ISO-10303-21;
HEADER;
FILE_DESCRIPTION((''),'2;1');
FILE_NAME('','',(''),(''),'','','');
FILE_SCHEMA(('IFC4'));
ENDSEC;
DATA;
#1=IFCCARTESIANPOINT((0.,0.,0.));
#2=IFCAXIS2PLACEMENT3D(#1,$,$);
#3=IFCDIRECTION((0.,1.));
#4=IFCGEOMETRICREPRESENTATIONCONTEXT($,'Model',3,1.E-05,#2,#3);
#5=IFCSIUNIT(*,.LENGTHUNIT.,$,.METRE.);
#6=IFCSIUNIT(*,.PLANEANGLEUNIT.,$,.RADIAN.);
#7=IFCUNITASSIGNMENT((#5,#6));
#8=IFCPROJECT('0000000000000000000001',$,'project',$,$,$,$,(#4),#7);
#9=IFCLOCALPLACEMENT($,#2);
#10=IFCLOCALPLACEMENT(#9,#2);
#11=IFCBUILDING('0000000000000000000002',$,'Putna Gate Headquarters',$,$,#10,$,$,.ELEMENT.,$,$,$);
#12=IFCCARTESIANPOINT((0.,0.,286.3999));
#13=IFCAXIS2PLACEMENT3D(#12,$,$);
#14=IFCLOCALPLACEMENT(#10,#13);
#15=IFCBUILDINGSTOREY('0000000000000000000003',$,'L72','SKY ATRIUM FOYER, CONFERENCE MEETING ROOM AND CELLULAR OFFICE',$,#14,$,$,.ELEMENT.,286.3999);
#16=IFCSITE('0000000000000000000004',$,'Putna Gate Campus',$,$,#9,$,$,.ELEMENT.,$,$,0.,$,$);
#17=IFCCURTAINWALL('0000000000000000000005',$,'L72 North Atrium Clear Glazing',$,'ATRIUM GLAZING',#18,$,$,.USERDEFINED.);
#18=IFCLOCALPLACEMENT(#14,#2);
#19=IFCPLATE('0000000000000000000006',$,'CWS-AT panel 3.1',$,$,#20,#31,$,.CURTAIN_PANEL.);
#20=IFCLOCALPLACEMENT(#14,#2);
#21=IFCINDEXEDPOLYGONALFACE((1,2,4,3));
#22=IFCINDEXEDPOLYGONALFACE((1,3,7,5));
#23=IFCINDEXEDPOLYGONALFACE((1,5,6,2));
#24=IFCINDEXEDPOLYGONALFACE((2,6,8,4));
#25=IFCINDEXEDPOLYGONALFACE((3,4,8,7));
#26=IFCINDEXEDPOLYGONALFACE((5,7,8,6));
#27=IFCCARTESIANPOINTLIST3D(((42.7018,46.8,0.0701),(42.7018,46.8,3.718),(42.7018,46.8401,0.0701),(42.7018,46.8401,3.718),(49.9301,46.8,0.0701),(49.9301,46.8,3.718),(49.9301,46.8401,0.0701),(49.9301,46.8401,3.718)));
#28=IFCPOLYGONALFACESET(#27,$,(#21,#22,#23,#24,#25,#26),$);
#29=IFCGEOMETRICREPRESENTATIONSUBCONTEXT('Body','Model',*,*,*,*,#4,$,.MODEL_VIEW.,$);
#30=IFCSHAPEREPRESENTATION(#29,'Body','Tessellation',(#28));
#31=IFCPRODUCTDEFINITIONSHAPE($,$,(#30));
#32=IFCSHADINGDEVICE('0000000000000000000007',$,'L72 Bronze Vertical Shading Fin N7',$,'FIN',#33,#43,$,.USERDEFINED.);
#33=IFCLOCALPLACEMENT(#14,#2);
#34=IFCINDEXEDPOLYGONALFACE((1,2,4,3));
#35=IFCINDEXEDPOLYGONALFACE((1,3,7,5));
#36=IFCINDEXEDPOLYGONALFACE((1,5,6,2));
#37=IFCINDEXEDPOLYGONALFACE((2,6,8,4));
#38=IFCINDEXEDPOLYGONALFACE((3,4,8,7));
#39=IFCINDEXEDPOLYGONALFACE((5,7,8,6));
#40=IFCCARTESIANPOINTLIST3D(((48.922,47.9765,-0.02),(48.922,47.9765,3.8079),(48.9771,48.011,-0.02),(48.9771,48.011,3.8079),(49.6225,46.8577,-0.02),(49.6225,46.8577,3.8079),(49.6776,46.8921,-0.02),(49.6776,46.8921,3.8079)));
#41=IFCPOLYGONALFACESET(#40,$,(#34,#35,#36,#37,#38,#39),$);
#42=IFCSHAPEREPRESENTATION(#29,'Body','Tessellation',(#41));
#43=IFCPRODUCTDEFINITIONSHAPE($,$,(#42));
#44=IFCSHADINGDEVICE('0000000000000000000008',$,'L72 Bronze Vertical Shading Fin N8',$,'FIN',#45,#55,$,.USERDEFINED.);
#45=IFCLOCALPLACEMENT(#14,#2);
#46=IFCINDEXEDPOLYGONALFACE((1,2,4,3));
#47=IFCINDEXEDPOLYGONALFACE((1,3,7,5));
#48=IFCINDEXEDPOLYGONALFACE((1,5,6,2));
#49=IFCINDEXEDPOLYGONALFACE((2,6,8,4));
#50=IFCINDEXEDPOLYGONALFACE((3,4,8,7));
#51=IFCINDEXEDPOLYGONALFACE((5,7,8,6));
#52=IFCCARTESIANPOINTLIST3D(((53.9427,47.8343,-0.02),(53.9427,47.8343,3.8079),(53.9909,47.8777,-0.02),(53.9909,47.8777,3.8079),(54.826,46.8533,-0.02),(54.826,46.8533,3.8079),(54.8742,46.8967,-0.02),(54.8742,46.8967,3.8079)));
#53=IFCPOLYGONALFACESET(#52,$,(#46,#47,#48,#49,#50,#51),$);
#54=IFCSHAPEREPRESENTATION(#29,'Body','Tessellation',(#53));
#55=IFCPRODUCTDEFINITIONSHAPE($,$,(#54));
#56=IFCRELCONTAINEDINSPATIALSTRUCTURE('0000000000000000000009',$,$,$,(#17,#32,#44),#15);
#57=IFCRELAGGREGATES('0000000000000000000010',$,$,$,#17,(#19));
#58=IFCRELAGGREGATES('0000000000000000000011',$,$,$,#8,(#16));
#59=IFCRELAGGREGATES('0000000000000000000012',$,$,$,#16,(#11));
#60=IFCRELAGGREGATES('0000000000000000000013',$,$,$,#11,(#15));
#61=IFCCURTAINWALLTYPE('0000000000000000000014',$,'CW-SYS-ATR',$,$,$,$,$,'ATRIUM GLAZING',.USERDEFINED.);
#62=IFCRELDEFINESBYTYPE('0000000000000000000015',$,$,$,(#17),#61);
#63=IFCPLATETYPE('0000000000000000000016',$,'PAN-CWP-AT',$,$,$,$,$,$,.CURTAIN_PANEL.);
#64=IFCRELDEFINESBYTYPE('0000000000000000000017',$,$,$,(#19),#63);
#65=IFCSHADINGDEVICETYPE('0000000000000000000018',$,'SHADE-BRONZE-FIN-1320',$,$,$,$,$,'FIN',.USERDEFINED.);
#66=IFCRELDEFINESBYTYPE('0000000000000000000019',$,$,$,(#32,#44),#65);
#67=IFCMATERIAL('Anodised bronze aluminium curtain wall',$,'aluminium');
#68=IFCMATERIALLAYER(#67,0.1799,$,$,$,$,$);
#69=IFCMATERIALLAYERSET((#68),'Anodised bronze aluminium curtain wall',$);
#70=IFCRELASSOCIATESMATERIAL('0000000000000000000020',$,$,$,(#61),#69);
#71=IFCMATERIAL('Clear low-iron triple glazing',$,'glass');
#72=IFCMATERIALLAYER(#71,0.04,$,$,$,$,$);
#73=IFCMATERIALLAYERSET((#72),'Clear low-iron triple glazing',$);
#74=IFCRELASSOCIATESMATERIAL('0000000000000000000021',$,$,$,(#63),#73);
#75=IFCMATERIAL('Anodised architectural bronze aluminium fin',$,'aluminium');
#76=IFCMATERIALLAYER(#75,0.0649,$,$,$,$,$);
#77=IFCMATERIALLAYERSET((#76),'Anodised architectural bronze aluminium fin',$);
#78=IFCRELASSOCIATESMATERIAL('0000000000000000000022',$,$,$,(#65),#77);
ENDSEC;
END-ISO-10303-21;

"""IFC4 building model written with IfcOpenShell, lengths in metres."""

from ifc_helpers import new_model, si_unit, direction, frame, origin, origin_2d, place, context, subcontext, project, spatial, rectangle, extrude, material, layer, layer_set, type_object, element, aggregate, save


model = new_model("IFC4")

# Units and contexts
model_context = context("Model", 3, precision=1e-05, world=origin(), true_north=direction((0.0, 1.0)))
body_context = subcontext(model_context, "Body", "Model", "MODEL_VIEW")
ifc_project = project(units=[si_unit("LENGTHUNIT", "METRE"), si_unit("PLANEANGLEUNIT", "RADIAN")], contexts=[model_context])

# Site, building, storey
site_placement = place(None, origin())
site = spatial("IfcSite", under=ifc_project, at=site_placement, Name="Putna Gate Campus", CompositionType="ELEMENT", RefElevation=0.0)
building_placement = place(site_placement, origin())
building = spatial("IfcBuilding", under=site, at=building_placement, Name="Putna Gate Headquarters", CompositionType="ELEMENT")
storey_placement = place(building_placement, frame((0.0, 0.0, 286.3999)))
storey = spatial("IfcBuildingStorey", under=building, at=storey_placement, Name="L72", Description="SKY ATRIUM FOYER, CONFERENCE MEETING ROOM AND CELLULAR OFFICE", CompositionType="ELEMENT", Elevation=286.3999)

# Shared definitions
ifc_material_1 = material(Name="Anodised bronze aluminium curtain wall", Category="aluminium")

# Curtain wall
ifc_layer_1 = layer(ifc_material_1, 0.1799)
ifc_layer_set_1 = layer_set([ifc_layer_1], Name="Anodised bronze aluminium curtain wall")
curtain_wall_type_1 = type_object("IfcCurtainWallType", Name="CW-SYS-ATR", ElementType="ATRIUM GLAZING", PredefinedType="USERDEFINED", material=ifc_layer_set_1)
curtain_wall_1_placement = place(storey_placement, origin())
curtain_wall_1 = element("IfcCurtainWall", 1, at=curtain_wall_1_placement, inside=storey, type_object=curtain_wall_type_1, Name="L72 North Atrium Clear Glazing", ObjectType="ATRIUM GLAZING", PredefinedType="USERDEFINED")

# Plate
ifc_material_2 = material(Name="Clear low-iron triple glazing", Category="glass")
ifc_layer_2 = layer(ifc_material_2, 0.04)
ifc_layer_set_2 = layer_set([ifc_layer_2], Name="Clear low-iron triple glazing")
plate_type_1 = type_object("IfcPlateType", Name="PAN-CWP-AT", PredefinedType="CURTAIN_PANEL", material=ifc_layer_set_2)
plate_1_placement = place(storey_placement, frame((46.3159, 46.8201, 0.0701), z_axis=(0.0, 0.0, 1.0), x_axis=(1.0, 0.0, 0.0)))
plate_1 = element("IfcPlate", 2, at=plate_1_placement, type_object=plate_type_1, Name="CWS-AT panel 3.1", PredefinedType="CURTAIN_PANEL", context=body_context, shape_type="SweptSolid", body=[
    extrude(rectangle(XDim=7.2283, YDim=0.04, at=origin_2d()), origin(), (0.0, 0.0, 1.0), 3.6479),
])
aggregate(curtain_wall_1, [plate_1])

# Shading devices
ifc_material_3 = material(Name="Anodised architectural bronze aluminium fin", Category="aluminium")
ifc_layer_3 = layer(ifc_material_3, 0.0649)
ifc_layer_set_3 = layer_set([ifc_layer_3], Name="Anodised architectural bronze aluminium fin")
shading_device_type = type_object("IfcShadingDeviceType", Name="SHADE-BRONZE-FIN-1320", ElementType="FIN", PredefinedType="USERDEFINED", material=ifc_layer_set_3)
for number, where, z_axis, x_axis, name in (
    (3, (49.2998, 47.4343, -0.02), (0.0, 0.0, 1.0), (-0.530659, 0.847585, 0.0), "L72 Bronze Vertical Shading Fin N7"),
    (4, (54.4084, 47.3655, -0.02), (0.0, 0.0, 1.0), (-0.669131, 0.743145, 0.0), "L72 Bronze Vertical Shading Fin N8"),
):
    element("IfcShadingDevice", number, at=place(storey_placement, frame(where, z_axis=z_axis, x_axis=x_axis)), inside=storey, type_object=shading_device_type, Name=name, ObjectType="FIN", PredefinedType="USERDEFINED", context=body_context, shape_type="SweptSolid", body=[
        extrude(rectangle(XDim=1.3201, YDim=0.0649, at=origin_2d()), origin(), (0.0, 0.0, 1.0), 3.8279),
    ])

save(model, "model.ifc")
